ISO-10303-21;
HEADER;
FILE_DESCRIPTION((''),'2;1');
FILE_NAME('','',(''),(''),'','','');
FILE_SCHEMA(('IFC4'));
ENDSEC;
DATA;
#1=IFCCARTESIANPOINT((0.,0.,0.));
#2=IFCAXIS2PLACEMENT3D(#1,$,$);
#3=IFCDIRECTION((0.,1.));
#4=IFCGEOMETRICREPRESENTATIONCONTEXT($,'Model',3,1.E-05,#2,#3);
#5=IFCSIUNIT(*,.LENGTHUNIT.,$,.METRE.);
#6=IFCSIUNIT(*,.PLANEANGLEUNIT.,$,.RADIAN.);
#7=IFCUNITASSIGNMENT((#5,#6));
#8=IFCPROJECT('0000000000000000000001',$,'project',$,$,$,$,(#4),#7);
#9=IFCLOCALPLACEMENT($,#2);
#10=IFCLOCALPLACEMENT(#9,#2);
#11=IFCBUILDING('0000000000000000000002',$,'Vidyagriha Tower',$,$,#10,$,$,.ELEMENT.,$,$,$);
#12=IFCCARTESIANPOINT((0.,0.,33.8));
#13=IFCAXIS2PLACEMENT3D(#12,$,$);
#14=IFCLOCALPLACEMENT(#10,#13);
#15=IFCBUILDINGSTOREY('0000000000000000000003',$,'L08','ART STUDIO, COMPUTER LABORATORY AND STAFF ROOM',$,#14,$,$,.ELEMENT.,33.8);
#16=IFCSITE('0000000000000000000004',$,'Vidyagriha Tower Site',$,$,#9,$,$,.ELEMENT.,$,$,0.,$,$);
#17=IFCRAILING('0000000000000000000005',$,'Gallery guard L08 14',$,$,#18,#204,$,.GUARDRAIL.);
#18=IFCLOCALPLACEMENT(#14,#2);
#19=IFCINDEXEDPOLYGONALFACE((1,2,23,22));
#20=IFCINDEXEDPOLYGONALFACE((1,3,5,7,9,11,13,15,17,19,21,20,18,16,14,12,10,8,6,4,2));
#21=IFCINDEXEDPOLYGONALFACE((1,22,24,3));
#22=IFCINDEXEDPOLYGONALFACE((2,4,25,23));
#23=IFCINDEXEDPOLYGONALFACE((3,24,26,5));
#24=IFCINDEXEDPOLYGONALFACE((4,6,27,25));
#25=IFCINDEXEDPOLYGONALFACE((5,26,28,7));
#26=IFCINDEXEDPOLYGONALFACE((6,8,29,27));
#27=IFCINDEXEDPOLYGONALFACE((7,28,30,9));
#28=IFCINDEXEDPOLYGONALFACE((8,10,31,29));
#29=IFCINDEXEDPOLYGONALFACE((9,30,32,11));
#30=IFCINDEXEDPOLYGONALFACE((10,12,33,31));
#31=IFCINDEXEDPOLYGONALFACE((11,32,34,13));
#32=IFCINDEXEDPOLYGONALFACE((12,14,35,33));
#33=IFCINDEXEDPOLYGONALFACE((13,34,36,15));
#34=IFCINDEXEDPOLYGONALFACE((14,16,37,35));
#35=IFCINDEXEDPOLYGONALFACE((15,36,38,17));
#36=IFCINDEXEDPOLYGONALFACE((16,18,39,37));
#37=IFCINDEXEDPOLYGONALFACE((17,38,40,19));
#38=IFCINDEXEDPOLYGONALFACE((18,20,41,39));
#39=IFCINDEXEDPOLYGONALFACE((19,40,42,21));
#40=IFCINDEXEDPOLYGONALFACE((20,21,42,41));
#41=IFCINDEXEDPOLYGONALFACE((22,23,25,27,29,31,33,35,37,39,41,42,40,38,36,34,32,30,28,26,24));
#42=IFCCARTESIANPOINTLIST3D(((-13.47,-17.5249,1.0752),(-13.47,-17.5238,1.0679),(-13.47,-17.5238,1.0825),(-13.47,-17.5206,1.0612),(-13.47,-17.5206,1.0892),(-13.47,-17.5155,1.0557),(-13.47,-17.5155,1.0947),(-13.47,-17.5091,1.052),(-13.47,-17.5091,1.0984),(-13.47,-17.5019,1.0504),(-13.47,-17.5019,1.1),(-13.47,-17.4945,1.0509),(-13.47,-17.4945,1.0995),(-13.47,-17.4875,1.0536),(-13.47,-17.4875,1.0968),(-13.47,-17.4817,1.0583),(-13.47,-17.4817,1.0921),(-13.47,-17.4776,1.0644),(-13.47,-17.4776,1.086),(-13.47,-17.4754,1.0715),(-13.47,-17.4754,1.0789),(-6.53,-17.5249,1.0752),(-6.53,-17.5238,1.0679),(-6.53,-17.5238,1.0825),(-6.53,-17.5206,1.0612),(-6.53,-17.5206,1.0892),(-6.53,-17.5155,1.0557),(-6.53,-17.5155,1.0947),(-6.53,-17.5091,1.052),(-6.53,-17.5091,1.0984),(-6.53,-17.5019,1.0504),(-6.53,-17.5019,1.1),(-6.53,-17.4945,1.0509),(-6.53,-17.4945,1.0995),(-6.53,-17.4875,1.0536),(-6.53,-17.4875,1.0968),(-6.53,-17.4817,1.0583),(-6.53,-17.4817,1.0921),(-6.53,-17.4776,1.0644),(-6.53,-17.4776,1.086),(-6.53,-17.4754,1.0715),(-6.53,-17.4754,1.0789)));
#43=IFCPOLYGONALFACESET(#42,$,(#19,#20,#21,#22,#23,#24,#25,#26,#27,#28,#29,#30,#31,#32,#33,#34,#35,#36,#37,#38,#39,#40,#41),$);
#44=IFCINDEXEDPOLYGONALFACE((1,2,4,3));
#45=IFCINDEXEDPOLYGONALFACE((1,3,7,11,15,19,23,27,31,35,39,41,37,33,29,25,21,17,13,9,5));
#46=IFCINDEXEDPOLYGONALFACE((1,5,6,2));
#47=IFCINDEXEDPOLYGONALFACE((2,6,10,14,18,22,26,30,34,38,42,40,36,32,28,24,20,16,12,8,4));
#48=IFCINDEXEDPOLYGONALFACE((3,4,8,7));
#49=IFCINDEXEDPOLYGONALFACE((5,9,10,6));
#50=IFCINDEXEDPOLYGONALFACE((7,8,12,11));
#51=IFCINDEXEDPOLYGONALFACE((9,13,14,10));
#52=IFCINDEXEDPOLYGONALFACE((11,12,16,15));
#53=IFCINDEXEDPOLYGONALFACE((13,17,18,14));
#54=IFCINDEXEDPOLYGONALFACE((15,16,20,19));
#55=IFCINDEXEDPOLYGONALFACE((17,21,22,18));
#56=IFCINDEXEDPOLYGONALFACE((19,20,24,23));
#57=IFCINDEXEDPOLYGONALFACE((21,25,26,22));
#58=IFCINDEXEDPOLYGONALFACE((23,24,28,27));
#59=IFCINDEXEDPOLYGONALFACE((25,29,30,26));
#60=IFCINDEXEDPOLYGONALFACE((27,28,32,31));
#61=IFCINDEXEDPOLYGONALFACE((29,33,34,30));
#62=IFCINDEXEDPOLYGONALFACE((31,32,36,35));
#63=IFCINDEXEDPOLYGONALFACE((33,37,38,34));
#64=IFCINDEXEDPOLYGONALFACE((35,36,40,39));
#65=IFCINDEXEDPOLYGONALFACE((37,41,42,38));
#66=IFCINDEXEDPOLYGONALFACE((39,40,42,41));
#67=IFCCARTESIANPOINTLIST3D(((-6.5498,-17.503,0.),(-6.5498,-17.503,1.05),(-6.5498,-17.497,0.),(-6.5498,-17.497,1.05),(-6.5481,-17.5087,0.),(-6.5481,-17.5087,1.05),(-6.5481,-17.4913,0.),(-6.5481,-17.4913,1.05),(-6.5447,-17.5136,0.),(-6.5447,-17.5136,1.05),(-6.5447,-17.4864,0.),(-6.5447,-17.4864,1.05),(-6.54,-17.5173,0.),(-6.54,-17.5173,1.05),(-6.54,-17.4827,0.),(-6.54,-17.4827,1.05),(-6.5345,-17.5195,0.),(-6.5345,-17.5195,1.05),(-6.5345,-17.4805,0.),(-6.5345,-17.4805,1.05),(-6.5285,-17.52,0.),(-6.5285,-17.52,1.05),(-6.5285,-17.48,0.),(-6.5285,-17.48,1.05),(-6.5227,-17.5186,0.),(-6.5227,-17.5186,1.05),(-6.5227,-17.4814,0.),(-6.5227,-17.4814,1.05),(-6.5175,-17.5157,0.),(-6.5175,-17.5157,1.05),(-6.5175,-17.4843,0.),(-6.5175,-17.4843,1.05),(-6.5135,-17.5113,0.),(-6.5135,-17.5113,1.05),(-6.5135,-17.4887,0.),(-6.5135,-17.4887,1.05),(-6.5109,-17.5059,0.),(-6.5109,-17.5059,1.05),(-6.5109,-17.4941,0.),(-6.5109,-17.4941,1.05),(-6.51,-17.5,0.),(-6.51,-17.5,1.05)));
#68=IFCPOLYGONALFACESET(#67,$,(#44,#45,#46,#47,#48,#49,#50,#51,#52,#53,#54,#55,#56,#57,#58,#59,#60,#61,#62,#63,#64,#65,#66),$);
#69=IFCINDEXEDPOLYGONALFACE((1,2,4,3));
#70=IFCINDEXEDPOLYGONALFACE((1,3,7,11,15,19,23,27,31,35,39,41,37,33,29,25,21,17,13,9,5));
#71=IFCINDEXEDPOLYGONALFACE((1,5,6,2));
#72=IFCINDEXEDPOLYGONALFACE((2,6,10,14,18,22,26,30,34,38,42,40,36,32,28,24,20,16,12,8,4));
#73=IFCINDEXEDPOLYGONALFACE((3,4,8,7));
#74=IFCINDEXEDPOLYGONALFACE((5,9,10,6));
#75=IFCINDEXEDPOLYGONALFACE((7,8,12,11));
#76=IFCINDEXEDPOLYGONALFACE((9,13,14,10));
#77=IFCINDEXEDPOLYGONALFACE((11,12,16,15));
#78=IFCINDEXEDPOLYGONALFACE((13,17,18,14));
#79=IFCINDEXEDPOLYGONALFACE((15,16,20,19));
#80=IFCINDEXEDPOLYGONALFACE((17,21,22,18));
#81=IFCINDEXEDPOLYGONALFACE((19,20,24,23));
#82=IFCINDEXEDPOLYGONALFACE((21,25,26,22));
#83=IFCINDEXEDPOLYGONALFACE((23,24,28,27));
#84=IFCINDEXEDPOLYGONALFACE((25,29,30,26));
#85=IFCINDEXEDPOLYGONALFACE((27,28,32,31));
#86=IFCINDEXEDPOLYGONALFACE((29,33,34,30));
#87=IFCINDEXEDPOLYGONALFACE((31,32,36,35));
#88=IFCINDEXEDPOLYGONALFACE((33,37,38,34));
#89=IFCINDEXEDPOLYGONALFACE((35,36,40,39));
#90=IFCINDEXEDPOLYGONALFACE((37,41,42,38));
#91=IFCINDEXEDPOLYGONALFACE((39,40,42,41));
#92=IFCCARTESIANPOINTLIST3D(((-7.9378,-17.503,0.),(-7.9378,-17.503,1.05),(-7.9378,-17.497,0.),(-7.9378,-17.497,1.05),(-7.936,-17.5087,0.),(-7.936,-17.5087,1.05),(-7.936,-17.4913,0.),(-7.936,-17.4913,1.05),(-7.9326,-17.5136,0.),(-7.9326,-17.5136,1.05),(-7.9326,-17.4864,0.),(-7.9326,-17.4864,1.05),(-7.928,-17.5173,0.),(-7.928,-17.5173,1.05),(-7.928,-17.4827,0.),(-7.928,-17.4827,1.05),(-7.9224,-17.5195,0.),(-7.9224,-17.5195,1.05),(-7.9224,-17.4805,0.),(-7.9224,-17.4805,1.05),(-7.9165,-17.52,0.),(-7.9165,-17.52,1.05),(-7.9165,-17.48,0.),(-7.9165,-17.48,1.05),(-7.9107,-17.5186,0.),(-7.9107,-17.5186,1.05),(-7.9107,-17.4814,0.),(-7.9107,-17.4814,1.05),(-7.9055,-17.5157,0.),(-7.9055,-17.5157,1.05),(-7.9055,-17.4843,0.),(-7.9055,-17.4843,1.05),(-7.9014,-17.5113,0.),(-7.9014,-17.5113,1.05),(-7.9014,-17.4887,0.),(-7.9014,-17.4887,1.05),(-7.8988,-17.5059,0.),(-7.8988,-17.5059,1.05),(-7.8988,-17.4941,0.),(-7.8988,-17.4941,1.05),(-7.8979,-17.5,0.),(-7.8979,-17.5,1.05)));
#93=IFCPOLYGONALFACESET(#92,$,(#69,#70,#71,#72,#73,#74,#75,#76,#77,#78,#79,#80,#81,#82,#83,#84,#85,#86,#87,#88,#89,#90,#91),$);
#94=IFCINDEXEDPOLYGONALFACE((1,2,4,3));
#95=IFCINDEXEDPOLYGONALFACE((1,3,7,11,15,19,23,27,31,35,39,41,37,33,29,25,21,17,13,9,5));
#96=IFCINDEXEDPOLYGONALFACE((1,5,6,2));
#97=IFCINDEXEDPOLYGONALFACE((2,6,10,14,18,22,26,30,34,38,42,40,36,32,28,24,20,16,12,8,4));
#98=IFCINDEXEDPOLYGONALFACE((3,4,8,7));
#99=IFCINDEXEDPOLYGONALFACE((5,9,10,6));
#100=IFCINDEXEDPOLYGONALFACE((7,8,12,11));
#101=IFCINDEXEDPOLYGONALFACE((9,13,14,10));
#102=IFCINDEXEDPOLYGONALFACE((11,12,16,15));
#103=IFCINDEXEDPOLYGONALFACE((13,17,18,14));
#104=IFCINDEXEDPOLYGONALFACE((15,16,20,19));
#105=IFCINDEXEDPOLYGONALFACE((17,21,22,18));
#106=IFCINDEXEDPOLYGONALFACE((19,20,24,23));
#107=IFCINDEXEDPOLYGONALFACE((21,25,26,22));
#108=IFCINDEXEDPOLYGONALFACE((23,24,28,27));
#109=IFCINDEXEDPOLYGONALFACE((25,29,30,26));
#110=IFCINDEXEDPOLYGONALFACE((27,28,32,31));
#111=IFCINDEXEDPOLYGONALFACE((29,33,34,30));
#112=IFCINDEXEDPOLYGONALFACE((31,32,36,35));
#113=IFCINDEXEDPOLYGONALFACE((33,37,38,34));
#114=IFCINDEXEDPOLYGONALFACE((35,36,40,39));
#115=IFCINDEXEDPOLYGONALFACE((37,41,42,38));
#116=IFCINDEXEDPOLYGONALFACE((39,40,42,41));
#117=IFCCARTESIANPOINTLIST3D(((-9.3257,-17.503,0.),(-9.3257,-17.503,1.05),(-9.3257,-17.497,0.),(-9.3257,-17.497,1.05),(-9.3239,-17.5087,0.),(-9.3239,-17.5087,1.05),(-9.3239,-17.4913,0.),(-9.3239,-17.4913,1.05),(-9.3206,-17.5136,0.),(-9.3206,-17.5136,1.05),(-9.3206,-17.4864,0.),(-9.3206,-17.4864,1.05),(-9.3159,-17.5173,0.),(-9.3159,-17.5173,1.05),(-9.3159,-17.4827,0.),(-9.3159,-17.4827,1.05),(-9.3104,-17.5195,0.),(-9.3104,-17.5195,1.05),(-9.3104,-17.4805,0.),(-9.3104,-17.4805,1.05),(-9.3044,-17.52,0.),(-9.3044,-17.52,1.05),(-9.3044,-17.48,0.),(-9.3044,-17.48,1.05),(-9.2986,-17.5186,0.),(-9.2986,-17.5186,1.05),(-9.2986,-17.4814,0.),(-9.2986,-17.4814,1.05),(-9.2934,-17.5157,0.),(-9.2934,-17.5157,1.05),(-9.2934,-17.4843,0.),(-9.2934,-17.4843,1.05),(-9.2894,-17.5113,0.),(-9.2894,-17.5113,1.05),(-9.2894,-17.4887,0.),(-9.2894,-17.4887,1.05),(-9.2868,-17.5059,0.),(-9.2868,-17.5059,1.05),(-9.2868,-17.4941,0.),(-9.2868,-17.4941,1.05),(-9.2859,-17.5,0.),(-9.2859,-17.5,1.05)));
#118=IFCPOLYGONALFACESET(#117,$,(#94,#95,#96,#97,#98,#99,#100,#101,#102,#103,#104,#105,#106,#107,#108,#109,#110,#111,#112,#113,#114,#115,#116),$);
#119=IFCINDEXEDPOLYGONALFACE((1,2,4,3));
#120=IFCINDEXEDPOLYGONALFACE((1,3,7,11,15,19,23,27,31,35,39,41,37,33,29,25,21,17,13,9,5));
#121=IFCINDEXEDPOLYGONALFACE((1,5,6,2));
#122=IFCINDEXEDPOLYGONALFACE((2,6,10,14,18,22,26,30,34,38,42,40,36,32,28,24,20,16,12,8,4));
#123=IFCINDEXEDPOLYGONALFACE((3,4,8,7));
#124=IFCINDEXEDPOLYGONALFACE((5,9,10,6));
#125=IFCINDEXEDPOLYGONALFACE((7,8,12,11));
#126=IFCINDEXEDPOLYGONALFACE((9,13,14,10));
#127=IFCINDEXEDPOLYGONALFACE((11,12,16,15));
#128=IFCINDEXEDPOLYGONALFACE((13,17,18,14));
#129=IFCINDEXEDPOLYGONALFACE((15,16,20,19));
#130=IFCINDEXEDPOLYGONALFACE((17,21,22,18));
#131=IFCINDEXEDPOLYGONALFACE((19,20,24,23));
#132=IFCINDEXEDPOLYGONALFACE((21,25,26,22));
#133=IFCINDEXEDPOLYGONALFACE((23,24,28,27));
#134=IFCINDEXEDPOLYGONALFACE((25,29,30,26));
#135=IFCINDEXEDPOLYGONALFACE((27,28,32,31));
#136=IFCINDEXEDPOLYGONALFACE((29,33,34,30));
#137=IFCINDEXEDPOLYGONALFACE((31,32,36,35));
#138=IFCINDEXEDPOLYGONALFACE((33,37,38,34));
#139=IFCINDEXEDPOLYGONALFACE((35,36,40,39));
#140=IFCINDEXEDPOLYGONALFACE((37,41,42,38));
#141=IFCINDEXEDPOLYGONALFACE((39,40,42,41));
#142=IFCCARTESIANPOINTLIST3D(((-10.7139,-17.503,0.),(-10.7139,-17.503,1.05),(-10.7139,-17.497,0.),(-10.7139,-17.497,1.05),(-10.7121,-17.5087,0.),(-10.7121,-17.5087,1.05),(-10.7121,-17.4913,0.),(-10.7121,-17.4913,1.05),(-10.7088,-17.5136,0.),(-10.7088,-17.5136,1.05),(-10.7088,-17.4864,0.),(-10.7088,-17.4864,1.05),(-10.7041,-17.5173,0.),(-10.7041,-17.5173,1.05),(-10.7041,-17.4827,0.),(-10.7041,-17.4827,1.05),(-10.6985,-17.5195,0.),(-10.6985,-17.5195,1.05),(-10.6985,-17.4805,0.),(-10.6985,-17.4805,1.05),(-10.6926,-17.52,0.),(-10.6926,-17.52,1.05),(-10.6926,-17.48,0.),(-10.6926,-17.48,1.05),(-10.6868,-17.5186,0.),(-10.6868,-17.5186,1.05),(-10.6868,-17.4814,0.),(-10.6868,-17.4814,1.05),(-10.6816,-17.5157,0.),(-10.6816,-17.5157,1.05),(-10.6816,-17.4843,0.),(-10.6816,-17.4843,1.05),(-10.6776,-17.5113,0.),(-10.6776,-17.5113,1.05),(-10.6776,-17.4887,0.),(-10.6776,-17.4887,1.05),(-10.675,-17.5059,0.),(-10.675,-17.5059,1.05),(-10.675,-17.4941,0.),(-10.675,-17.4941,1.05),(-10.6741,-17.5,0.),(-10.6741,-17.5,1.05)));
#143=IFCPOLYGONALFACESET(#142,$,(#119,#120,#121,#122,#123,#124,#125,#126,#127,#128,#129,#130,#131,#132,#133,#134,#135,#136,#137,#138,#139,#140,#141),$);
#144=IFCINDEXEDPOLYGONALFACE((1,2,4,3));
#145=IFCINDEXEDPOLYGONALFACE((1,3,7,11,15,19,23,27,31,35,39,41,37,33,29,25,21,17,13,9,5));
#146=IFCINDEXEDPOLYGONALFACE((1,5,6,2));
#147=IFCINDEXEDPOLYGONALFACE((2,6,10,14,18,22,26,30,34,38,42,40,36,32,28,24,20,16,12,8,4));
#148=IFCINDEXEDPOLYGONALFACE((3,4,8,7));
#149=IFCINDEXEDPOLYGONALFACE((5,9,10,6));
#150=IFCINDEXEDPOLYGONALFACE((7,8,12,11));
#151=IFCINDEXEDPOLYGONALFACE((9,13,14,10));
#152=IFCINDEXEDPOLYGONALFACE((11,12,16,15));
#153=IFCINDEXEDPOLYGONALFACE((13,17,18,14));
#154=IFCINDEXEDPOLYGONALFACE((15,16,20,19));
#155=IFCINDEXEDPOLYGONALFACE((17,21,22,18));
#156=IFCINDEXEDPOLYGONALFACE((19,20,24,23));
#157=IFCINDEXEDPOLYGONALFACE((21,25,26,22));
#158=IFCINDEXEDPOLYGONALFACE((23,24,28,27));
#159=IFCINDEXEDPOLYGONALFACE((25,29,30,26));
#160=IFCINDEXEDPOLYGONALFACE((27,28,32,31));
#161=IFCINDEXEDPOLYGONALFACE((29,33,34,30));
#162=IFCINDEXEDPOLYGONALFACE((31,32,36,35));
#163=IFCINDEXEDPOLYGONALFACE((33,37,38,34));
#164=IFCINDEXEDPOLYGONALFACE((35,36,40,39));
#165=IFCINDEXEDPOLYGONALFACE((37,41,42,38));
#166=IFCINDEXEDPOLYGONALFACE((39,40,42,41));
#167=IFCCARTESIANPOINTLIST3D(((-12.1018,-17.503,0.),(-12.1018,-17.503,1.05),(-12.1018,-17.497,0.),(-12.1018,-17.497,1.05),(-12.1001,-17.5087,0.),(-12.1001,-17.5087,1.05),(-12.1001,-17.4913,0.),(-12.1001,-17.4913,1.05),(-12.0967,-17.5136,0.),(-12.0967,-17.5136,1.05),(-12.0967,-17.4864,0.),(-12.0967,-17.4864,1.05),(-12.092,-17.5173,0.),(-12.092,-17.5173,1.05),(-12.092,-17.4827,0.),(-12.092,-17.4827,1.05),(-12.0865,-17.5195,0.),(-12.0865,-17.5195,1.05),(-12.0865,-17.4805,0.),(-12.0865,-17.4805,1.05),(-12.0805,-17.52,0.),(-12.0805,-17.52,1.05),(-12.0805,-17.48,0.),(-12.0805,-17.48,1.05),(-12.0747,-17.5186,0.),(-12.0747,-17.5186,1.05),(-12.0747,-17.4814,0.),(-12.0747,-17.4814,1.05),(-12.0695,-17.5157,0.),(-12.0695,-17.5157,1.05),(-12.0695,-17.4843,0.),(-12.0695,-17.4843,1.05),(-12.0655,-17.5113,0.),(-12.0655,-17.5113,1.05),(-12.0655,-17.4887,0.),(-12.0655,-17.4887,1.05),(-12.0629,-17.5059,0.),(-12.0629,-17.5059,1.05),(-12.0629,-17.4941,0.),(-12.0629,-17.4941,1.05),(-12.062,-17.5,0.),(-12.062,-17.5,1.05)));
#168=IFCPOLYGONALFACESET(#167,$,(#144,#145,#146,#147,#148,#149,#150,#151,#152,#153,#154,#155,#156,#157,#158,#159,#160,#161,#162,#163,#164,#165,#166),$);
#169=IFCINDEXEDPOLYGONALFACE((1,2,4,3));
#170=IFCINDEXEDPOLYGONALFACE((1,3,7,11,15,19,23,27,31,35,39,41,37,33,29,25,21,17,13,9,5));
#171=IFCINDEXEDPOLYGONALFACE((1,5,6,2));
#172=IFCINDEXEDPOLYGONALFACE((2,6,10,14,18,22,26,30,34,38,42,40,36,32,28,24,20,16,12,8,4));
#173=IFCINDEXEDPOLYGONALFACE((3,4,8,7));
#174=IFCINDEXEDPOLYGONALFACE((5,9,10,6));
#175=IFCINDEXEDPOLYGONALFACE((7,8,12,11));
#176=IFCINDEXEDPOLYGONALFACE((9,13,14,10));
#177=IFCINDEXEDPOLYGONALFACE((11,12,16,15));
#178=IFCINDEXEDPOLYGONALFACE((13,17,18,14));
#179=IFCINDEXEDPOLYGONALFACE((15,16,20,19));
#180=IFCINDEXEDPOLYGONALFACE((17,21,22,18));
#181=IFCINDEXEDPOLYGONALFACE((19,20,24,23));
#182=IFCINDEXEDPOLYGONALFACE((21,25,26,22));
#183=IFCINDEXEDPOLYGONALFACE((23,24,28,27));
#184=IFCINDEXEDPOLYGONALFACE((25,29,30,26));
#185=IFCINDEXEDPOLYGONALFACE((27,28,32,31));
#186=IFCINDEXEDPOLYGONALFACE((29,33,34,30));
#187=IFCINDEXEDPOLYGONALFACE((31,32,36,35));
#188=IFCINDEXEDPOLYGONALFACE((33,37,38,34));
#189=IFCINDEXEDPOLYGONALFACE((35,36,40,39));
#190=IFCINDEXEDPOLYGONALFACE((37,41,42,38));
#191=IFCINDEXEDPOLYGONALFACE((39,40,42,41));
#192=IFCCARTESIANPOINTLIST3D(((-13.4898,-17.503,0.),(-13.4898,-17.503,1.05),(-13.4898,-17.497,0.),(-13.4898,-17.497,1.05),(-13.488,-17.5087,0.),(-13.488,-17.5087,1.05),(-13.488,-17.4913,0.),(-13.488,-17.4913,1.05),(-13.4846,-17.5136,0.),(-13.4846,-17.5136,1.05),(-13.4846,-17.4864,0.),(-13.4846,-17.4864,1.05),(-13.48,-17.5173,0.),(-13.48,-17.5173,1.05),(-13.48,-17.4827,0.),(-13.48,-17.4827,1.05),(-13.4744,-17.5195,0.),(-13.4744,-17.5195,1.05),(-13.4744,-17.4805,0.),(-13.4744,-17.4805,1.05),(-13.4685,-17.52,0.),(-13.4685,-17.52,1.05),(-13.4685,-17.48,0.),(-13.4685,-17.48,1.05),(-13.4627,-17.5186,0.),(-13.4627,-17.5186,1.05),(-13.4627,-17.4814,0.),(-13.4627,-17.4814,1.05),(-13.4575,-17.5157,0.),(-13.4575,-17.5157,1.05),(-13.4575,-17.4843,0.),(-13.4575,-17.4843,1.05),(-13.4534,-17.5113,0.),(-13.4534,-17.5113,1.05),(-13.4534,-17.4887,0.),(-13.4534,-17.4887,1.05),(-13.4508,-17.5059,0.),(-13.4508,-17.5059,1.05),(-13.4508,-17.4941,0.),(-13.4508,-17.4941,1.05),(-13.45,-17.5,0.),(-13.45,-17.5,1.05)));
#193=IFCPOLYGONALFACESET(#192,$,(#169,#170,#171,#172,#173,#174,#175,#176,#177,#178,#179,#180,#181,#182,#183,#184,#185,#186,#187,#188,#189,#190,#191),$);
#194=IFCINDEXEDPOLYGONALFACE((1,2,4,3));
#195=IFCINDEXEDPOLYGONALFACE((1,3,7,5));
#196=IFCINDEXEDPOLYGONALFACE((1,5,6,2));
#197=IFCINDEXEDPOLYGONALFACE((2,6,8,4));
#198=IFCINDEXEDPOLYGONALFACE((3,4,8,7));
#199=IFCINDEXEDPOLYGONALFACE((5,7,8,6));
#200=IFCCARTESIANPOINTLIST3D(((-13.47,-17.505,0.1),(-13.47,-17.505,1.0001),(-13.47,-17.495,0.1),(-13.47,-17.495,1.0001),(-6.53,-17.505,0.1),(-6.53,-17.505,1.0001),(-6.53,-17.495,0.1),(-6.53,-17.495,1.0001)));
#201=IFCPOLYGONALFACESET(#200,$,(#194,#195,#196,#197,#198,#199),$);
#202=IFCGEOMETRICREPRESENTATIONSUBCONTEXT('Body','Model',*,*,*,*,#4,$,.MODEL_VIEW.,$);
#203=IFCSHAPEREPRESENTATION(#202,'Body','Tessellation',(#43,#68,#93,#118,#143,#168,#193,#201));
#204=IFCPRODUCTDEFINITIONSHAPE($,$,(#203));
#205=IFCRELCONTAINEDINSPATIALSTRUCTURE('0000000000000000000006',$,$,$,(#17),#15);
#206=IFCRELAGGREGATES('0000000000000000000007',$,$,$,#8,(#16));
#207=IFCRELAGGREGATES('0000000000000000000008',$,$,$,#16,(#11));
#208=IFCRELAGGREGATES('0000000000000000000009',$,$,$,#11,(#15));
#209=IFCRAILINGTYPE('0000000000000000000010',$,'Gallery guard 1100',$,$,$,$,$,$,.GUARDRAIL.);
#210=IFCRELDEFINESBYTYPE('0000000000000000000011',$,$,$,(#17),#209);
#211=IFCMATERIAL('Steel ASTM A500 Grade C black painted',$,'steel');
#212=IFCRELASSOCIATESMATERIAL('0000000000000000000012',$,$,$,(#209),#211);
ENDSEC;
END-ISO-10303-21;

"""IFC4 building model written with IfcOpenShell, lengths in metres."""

from ifc_helpers import new_model, si_unit, direction, frame, origin, origin_2d, place, context, subcontext, project, spatial, rectangle, circle, extrude, material, type_object, element, save


model = new_model("IFC4")

# Units and contexts
model_context = context("Model", 3, precision=1e-05, world=origin(), true_north=direction((0.0, 1.0)))
body_context = subcontext(model_context, "Body", "Model", "MODEL_VIEW")
ifc_project = project(units=[si_unit("LENGTHUNIT", "METRE"), si_unit("PLANEANGLEUNIT", "RADIAN")], contexts=[model_context])

# Site, building, storey
site_placement = place(None, origin())
site = spatial("IfcSite", under=ifc_project, at=site_placement, Name="Vidyagriha Tower Site", CompositionType="ELEMENT", RefElevation=0.0)
building_placement = place(site_placement, origin())
building = spatial("IfcBuilding", under=site, at=building_placement, Name="Vidyagriha Tower", CompositionType="ELEMENT")
storey_placement = place(building_placement, frame((0.0, 0.0, 33.8)))
storey = spatial("IfcBuildingStorey", under=building, at=storey_placement, Name="L08", Description="ART STUDIO, COMPUTER LABORATORY AND STAFF ROOM", CompositionType="ELEMENT", Elevation=33.8)

# Railing
ifc_material_1 = material(Name="Steel ASTM A500 Grade C black painted", Category="steel")
railing_type = type_object("IfcRailingType", Name="Gallery guard 1100", PredefinedType="GUARDRAIL", material=ifc_material_1)
railing_placement = place(storey_placement, frame((-6.53, -17.5, 0.0)))
element("IfcRailing", 1, at=railing_placement, inside=storey, type_object=railing_type, Name="Gallery guard L08 14", PredefinedType="GUARDRAIL", context=body_context, shape_type="SweptSolid", body=[
    extrude(circle(Radius=0.0249, at=origin_2d()), frame((0.0, 0.0, 1.0752), z_axis=(-1.0, 0.0, 0.0), x_axis=(0.0, -1.0, 0.0)), (0.0, 0.0, 1.0), 6.9399),
    extrude(circle(Radius=0.02, at=origin_2d()), origin(), (0.0, 0.0, 1.0), 1.05),
    extrude(circle(Radius=0.02, at=origin_2d()), frame((-1.3879, 0.0, 0.0)), (0.0, 0.0, 1.0), 1.05),
    extrude(circle(Radius=0.02, at=origin_2d()), frame((-2.7759, 0.0, 0.0)), (0.0, 0.0, 1.0), 1.05),
    extrude(circle(Radius=0.02, at=origin_2d()), frame((-4.1641, 0.0, 0.0)), (0.0, 0.0, 1.0), 1.05),
    extrude(circle(Radius=0.02, at=origin_2d()), frame((-5.552, 0.0, 0.0)), (0.0, 0.0, 1.0), 1.05),
    extrude(circle(Radius=0.02, at=origin_2d()), frame((-6.9399, 0.0, 0.0)), (0.0, 0.0, 1.0), 1.05),
    extrude(rectangle(XDim=0.01, YDim=0.9001, at=origin_2d()), frame((0.0, 0.0, 0.55), z_axis=(-1.0, 0.0, 0.0), x_axis=(0.0, -1.0, 0.0)), (0.0, 0.0, 1.0), 6.9399),
])

save(model, "model.ifc")
